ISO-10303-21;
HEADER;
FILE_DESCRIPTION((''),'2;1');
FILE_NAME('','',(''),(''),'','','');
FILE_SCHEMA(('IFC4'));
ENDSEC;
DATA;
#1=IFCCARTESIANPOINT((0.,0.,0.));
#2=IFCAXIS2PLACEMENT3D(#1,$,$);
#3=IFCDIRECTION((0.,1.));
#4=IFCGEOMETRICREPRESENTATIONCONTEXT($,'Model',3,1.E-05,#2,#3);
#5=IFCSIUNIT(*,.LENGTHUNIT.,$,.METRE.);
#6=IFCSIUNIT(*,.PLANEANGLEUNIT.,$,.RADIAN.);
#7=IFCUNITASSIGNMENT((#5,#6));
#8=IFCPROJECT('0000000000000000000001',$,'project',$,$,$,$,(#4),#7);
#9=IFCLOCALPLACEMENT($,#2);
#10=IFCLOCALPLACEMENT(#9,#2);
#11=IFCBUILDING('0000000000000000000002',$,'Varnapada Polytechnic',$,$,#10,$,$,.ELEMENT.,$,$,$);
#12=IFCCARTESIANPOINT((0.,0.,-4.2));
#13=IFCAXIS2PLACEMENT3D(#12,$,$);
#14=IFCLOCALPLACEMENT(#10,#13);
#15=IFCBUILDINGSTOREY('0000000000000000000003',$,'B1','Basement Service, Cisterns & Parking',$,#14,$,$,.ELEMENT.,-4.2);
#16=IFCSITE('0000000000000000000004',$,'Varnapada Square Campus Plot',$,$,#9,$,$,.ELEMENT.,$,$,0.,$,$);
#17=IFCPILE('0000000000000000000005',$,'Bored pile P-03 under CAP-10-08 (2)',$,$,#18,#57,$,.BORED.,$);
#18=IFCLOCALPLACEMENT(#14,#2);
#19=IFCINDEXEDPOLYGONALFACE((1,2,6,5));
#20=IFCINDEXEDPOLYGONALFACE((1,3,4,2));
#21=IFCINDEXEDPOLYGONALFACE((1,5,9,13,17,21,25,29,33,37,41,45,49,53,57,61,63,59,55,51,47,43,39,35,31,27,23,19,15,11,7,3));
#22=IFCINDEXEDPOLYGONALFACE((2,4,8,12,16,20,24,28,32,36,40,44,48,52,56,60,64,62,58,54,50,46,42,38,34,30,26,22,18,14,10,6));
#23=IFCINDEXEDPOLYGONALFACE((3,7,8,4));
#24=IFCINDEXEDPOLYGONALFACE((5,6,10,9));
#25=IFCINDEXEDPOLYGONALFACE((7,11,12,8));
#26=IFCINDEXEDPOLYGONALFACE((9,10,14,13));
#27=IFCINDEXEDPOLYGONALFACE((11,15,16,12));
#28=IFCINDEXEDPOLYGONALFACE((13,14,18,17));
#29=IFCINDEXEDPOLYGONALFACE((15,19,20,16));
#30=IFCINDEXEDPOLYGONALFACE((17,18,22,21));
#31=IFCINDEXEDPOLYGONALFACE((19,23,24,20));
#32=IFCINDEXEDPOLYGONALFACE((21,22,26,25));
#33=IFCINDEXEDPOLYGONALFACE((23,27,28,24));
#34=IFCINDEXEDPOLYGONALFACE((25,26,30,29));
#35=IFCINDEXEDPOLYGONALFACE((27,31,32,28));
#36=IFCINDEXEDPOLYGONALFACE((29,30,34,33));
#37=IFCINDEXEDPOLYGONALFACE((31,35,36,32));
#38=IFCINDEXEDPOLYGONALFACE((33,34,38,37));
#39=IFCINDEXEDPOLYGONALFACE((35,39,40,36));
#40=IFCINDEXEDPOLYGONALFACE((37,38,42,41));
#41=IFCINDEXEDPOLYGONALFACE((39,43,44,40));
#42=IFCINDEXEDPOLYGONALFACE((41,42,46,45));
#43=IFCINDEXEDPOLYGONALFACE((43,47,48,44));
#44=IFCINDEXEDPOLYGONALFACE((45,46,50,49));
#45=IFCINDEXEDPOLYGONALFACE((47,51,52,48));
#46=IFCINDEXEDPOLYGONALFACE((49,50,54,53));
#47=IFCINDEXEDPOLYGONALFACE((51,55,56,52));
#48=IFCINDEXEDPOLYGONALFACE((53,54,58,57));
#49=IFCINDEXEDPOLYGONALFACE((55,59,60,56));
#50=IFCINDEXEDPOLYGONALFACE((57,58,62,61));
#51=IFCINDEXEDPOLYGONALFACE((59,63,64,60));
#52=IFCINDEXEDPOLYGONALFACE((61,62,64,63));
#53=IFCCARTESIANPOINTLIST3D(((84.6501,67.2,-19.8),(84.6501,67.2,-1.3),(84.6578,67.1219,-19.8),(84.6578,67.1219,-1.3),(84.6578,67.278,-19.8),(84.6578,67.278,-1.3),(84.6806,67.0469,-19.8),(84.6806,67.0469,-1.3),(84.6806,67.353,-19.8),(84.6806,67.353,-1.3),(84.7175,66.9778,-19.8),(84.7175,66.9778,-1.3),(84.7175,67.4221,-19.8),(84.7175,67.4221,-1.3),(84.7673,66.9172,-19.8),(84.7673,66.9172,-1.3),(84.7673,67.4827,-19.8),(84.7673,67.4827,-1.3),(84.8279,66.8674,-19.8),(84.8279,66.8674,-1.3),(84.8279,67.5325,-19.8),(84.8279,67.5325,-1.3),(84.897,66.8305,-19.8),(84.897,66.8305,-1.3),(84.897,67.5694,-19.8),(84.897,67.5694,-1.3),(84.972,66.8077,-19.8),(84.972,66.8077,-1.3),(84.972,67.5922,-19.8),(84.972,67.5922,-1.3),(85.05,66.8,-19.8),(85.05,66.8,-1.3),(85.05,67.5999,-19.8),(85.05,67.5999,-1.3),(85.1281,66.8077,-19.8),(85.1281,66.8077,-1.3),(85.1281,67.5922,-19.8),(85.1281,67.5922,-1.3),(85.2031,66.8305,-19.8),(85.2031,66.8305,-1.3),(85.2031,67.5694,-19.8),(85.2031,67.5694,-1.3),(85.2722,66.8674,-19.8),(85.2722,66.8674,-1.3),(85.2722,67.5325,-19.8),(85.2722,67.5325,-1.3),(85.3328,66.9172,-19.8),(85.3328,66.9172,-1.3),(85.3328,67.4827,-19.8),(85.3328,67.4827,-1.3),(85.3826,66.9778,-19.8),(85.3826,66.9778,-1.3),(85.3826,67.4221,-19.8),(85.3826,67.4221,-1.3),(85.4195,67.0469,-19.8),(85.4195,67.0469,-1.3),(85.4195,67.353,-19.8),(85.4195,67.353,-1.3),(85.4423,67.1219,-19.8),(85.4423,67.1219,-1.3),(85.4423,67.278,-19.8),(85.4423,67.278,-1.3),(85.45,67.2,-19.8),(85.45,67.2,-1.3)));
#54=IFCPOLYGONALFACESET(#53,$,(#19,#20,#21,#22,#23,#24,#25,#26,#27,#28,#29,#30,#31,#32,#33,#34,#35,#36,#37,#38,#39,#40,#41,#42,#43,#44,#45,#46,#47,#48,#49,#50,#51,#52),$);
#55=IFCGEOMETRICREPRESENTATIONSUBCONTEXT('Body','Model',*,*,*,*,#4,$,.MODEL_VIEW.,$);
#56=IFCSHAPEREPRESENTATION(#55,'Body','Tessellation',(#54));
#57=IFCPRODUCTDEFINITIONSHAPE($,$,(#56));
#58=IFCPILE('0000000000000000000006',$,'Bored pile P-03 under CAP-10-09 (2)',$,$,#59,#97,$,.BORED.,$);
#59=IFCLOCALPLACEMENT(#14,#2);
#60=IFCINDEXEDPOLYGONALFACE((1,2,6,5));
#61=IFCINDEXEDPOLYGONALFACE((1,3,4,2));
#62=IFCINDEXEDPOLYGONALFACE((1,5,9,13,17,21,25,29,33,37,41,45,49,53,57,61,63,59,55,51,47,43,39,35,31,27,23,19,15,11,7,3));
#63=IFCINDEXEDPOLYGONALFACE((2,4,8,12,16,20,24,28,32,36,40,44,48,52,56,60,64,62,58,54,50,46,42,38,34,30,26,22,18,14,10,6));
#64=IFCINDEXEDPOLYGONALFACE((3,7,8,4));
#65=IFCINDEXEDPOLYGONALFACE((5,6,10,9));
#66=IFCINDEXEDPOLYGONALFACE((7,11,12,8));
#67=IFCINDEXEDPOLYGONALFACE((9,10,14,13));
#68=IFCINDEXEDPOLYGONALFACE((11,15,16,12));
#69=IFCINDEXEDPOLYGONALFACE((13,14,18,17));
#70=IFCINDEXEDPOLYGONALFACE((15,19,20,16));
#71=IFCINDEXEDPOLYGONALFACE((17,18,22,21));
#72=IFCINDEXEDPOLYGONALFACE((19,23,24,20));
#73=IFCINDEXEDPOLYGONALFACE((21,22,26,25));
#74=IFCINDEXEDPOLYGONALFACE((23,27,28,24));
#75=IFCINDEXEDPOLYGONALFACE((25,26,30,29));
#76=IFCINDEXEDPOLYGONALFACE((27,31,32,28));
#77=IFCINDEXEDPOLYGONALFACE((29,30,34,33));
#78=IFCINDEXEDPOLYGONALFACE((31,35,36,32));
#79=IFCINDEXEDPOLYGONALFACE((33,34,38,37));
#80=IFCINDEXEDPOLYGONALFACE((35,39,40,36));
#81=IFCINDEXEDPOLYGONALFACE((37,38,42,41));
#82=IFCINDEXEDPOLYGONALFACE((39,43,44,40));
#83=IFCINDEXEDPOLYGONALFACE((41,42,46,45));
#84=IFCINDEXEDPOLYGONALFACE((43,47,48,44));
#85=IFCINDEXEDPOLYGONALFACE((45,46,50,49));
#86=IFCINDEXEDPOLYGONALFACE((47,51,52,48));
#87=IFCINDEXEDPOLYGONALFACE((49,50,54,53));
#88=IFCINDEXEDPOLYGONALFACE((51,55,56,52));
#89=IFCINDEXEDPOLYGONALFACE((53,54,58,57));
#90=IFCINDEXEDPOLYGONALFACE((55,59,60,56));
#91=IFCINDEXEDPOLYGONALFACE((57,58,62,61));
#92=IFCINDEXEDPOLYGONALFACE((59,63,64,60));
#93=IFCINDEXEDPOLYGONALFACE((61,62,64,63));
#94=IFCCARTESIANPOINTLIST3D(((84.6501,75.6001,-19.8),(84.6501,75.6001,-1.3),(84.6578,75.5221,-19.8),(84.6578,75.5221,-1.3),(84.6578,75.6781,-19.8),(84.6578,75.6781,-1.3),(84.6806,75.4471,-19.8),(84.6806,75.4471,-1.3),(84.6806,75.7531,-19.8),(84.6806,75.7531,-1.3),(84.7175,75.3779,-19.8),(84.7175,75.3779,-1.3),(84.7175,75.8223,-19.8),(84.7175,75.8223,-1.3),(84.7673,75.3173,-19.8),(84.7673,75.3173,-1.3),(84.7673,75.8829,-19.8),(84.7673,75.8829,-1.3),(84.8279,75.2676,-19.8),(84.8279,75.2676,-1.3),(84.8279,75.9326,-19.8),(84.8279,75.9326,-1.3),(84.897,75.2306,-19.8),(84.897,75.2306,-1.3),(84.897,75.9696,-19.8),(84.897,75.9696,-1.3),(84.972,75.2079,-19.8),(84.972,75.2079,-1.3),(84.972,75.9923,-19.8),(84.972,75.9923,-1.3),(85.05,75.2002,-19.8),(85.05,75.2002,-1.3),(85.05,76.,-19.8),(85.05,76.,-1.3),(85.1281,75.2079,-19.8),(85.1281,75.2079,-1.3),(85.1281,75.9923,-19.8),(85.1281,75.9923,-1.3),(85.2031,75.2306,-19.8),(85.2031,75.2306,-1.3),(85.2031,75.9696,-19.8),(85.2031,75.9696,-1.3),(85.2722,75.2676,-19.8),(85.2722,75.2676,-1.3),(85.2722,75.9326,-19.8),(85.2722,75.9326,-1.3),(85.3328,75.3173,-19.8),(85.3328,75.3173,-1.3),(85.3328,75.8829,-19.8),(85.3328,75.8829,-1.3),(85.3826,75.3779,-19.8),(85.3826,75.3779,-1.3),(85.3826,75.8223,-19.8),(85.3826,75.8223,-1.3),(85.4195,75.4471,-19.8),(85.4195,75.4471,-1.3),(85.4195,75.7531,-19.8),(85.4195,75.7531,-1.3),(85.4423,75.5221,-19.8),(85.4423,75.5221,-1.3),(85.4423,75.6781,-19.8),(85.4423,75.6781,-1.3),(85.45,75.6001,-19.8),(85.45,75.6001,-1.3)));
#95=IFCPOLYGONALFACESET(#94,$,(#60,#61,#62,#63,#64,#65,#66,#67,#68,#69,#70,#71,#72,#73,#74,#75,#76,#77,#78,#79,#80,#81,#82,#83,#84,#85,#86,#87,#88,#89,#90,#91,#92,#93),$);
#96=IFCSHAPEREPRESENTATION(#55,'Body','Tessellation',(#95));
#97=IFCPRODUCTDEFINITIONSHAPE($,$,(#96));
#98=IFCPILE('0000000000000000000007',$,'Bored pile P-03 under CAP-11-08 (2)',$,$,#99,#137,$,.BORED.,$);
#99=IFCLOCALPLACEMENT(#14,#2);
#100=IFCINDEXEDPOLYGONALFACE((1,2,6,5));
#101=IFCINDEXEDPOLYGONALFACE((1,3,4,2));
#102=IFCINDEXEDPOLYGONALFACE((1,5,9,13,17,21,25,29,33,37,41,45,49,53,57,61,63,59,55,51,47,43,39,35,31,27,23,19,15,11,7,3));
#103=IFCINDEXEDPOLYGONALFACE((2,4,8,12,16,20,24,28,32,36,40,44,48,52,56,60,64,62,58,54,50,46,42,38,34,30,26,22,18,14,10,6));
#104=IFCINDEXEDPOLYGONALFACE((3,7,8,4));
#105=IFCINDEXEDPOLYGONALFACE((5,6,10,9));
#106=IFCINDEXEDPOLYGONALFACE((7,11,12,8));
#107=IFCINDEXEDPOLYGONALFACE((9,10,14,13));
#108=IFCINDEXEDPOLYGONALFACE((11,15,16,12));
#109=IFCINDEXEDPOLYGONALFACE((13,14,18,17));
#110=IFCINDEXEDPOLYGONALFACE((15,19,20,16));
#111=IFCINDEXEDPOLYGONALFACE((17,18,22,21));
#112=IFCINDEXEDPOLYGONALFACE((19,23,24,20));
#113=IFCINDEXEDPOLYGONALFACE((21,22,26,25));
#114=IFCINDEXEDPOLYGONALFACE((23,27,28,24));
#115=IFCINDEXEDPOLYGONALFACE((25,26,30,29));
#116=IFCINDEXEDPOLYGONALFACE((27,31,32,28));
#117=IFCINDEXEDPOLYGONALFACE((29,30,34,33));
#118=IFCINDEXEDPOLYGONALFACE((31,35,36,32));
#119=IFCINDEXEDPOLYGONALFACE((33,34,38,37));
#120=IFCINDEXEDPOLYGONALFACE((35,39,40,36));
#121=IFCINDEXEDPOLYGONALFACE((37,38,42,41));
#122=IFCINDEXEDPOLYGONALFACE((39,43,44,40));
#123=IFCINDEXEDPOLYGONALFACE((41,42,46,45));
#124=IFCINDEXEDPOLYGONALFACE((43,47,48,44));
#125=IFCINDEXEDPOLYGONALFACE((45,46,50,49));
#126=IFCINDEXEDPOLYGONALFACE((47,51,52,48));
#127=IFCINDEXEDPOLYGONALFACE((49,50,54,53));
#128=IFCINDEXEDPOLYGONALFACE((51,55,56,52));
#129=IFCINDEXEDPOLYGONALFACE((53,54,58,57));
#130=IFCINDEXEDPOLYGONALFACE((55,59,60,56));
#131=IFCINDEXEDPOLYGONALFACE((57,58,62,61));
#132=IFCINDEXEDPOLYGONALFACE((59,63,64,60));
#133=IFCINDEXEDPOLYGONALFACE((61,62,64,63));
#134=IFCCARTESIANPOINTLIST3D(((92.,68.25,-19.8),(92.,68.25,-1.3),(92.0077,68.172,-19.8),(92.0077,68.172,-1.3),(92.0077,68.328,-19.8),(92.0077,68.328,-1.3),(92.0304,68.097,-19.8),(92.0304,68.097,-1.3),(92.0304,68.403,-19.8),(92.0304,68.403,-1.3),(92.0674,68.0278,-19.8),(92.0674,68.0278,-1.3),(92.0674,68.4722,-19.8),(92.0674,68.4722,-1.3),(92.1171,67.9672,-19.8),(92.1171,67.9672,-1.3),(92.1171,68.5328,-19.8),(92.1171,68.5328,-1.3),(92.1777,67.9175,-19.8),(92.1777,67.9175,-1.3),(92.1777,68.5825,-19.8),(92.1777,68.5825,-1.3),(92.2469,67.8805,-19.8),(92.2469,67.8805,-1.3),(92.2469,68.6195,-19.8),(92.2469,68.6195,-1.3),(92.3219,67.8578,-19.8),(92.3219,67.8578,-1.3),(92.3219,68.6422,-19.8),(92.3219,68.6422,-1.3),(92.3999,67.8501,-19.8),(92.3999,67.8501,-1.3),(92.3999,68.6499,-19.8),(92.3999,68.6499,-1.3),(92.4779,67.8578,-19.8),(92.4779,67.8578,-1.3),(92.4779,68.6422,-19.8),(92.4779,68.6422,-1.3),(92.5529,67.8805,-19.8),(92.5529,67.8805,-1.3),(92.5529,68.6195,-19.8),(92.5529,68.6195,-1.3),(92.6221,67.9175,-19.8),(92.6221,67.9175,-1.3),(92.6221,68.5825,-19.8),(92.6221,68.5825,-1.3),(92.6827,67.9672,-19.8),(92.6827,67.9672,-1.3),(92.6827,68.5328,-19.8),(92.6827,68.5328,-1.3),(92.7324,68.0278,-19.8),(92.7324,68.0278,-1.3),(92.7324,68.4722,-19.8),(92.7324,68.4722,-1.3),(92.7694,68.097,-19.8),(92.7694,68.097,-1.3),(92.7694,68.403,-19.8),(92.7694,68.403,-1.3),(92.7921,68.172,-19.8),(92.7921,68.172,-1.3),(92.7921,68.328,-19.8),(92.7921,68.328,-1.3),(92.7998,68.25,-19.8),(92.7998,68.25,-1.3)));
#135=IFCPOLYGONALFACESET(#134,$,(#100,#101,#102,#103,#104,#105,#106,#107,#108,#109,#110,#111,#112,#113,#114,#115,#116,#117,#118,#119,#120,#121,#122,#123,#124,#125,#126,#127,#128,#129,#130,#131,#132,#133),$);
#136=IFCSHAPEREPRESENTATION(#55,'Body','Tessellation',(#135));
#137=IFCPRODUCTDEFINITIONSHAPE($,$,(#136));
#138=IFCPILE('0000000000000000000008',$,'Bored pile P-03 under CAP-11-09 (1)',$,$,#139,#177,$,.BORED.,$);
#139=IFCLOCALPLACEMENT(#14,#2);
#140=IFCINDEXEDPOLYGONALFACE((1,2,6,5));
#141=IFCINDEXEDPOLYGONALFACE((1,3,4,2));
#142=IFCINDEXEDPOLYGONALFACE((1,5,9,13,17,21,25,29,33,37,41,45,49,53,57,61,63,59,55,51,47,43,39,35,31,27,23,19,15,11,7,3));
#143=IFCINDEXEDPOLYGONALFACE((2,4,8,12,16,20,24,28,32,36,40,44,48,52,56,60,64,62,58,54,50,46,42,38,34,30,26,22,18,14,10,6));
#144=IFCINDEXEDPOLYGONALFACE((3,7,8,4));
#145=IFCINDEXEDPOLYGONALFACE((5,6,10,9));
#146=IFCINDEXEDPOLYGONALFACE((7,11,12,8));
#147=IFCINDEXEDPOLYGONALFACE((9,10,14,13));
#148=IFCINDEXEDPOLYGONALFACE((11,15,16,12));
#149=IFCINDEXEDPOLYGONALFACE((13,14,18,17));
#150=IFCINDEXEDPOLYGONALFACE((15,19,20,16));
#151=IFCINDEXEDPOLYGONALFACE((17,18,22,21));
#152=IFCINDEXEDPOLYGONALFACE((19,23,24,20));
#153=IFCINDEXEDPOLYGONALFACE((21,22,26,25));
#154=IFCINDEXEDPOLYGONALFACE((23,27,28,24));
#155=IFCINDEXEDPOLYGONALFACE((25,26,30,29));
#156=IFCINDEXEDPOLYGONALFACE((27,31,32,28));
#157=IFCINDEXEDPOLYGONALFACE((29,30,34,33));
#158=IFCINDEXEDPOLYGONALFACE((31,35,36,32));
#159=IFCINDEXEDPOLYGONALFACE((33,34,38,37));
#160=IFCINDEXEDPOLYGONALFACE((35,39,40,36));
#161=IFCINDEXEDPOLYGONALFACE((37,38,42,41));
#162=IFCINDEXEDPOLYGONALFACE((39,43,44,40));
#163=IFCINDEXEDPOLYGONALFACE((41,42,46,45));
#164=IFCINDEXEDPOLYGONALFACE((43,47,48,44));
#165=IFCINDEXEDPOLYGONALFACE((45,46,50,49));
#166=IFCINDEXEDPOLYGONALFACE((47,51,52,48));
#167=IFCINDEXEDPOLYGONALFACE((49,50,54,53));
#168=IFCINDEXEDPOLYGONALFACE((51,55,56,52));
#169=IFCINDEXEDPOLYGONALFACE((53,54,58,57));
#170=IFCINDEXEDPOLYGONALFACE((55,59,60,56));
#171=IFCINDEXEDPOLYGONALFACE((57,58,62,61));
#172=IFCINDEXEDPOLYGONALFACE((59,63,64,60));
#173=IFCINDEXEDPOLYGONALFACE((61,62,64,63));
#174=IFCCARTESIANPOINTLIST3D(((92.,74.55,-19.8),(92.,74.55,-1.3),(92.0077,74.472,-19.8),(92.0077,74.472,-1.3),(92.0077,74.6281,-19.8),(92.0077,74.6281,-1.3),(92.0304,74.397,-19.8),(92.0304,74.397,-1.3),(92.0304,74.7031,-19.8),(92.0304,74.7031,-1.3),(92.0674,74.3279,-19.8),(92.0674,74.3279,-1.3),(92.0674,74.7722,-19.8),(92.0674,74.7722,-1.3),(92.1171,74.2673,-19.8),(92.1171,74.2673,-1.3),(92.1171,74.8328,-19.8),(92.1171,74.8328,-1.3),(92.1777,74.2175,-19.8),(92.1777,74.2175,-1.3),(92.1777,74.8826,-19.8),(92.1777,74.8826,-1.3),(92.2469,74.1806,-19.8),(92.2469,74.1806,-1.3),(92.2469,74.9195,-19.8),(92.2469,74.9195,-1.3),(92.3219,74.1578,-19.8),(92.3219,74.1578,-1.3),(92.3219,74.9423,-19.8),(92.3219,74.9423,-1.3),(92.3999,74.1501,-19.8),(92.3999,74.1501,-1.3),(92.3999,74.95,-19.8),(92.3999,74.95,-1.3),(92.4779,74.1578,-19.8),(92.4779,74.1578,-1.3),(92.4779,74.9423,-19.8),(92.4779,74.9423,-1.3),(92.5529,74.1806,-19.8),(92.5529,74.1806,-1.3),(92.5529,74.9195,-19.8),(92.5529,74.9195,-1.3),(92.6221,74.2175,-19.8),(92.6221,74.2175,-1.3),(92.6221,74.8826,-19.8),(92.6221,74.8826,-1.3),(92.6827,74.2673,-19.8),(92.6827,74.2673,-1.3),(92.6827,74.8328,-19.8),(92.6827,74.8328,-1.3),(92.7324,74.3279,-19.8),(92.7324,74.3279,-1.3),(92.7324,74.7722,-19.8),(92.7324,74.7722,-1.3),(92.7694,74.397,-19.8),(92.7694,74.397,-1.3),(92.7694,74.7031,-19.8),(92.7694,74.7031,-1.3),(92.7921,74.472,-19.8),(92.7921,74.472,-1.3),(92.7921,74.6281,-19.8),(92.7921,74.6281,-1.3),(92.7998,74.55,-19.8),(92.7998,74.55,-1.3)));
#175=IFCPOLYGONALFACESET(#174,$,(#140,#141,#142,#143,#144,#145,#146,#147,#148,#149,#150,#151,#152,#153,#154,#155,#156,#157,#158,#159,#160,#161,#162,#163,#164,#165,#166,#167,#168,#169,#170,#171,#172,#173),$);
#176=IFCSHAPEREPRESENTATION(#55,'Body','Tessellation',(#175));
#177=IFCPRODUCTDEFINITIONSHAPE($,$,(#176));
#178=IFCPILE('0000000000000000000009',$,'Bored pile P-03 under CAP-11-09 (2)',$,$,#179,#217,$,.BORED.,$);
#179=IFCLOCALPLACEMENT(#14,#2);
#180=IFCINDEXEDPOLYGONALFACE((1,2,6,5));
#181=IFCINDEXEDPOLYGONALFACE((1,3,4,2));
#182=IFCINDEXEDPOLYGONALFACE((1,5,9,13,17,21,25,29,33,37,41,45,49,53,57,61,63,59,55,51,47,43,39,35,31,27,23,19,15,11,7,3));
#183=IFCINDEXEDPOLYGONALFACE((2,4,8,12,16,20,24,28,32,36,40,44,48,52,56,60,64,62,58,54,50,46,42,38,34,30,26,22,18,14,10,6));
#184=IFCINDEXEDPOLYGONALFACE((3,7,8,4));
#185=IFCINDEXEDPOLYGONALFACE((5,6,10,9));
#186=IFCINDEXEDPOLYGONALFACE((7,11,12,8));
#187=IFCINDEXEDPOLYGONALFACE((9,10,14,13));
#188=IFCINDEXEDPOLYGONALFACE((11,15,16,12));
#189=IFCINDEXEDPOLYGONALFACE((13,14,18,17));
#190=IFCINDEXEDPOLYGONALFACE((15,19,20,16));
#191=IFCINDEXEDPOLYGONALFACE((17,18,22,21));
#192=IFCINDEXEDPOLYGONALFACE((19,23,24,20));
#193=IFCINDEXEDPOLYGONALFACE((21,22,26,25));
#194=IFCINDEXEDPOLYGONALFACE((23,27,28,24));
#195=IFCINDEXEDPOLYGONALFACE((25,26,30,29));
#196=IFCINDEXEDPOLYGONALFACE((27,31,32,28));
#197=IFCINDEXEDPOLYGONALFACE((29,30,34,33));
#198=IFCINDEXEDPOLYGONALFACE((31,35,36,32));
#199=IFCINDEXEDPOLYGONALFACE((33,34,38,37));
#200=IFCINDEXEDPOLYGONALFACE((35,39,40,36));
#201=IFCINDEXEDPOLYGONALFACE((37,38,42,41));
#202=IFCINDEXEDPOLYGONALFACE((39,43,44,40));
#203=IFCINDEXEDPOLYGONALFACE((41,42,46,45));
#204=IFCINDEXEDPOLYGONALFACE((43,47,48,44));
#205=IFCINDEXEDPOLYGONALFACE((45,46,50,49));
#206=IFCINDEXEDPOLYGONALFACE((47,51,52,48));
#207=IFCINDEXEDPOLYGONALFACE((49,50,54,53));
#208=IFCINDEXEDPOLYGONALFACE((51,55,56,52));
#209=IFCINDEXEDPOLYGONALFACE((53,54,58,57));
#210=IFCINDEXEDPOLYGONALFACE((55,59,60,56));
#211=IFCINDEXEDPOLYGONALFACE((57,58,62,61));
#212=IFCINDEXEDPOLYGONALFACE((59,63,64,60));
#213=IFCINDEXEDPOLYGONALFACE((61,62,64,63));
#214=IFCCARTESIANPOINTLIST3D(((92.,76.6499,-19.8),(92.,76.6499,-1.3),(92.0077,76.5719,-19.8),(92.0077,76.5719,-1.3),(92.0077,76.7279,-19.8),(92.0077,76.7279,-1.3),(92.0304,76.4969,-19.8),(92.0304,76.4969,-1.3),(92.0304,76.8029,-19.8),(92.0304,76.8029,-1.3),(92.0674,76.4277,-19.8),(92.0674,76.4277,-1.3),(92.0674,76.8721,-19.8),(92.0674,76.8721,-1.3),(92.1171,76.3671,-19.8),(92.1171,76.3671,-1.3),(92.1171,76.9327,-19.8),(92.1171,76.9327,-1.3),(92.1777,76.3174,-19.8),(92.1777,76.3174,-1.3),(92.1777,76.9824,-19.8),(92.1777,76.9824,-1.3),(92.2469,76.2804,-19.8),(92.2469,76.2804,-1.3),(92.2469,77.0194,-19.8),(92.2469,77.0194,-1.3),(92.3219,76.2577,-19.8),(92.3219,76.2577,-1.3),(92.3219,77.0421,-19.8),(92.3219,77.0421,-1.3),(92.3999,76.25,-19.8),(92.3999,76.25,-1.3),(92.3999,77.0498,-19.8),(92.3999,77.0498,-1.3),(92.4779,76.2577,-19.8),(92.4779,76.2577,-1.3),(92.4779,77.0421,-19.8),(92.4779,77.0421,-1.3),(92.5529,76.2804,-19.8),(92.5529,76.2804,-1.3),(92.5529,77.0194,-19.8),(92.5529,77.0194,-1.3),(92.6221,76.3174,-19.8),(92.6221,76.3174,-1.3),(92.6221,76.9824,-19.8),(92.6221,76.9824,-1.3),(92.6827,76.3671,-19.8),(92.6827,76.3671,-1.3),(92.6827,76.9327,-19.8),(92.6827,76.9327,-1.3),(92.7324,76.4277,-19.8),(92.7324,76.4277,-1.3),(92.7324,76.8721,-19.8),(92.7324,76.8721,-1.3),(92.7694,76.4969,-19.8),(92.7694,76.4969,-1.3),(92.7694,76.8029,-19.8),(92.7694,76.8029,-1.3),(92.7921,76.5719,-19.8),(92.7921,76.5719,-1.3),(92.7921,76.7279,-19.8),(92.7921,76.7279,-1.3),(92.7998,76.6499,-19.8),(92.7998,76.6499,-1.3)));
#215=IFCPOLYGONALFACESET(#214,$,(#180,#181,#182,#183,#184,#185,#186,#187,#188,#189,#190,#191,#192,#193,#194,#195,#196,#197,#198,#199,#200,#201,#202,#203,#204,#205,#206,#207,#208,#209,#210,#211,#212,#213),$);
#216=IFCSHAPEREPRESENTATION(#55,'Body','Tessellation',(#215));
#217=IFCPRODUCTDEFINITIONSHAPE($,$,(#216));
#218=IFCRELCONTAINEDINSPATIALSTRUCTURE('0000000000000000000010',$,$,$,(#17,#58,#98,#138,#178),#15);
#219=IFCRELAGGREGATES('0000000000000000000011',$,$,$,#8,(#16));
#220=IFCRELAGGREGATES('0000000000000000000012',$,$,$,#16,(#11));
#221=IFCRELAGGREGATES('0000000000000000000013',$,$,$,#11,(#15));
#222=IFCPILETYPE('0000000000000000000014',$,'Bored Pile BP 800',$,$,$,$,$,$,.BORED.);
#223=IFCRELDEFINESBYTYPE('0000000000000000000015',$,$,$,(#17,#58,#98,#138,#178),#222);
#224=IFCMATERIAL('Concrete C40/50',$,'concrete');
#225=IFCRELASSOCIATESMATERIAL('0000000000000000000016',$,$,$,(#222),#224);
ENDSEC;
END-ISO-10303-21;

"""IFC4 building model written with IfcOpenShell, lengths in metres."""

from ifc_helpers import new_model, si_unit, direction, frame, origin, origin_2d, place, context, subcontext, project, spatial, circle, extrude, material, material_profile, profile_set, type_object, element, save


model = new_model("IFC4")

# Units and contexts
model_context = context("Model", 3, precision=1e-05, world=origin(), true_north=direction((0.0, 1.0)))
body_context = subcontext(model_context, "Body", "Model", "MODEL_VIEW")
ifc_project = project(units=[si_unit("LENGTHUNIT", "METRE"), si_unit("PLANEANGLEUNIT", "RADIAN")], contexts=[model_context])

# Site, building, storey
site_placement = place(None, origin())
site = spatial("IfcSite", under=ifc_project, at=site_placement, Name="Varnapada Square Campus Plot", CompositionType="ELEMENT", RefElevation=0.0)
building_placement = place(site_placement, origin())
building = spatial("IfcBuilding", under=site, at=building_placement, Name="Varnapada Polytechnic", CompositionType="ELEMENT")
storey_placement = place(building_placement, frame((0.0, 0.0, -4.2)))
storey = spatial("IfcBuildingStorey", under=building, at=storey_placement, Name="B1", Description="Basement Service, Cisterns & Parking", CompositionType="ELEMENT", Elevation=-4.2)

# Piles
ifc_material = material(Name="Concrete C40/50", Category="concrete")
ifc_material_profile_1 = material_profile(ifc_material, circle(Radius=0.3999, at=origin_2d()), Name="BP 800")
ifc_profile_set_1 = profile_set([ifc_material_profile_1], Name="Concrete C40/50")
pile_type_1 = type_object("IfcPileType", Name="Bored Pile BP 800", PredefinedType="BORED", material=ifc_profile_set_1)
for number, where, z_axis, x_axis, name in (
    (1, (85.05, 67.2, -1.3), (0.0, 0.0, -1.0), (1.0, 0.0, 0.0), "Bored pile P-03 under CAP-10-08 (2)"),
    (2, (85.05, 75.6001, -1.3), (0.0, 0.0, -1.0), (1.0, 0.0, 0.0), "Bored pile P-03 under CAP-10-09 (2)"),
    (3, (92.3999, 68.25, -1.3), (0.0, 0.0, -1.0), (1.0, 0.0, 0.0), "Bored pile P-03 under CAP-11-08 (2)"),
    (4, (92.3999, 74.55, -1.3), (0.0, 0.0, -1.0), (1.0, 0.0, 0.0), "Bored pile P-03 under CAP-11-09 (1)"),
    (5, (92.3999, 76.6499, -1.3), (0.0, 0.0, -1.0), (1.0, 0.0, 0.0), "Bored pile P-03 under CAP-11-09 (2)"),
):
    element("IfcPile", number, at=place(storey_placement, frame(where, z_axis=z_axis, x_axis=x_axis)), inside=storey, type_object=pile_type_1, Name=name, PredefinedType="BORED", context=body_context, shape_type="SweptSolid", body=[
        extrude(circle(Radius=0.3999, at=origin_2d()), origin(), (0.0, 0.0, 1.0), 18.5),
    ])

save(model, "model.ifc")
